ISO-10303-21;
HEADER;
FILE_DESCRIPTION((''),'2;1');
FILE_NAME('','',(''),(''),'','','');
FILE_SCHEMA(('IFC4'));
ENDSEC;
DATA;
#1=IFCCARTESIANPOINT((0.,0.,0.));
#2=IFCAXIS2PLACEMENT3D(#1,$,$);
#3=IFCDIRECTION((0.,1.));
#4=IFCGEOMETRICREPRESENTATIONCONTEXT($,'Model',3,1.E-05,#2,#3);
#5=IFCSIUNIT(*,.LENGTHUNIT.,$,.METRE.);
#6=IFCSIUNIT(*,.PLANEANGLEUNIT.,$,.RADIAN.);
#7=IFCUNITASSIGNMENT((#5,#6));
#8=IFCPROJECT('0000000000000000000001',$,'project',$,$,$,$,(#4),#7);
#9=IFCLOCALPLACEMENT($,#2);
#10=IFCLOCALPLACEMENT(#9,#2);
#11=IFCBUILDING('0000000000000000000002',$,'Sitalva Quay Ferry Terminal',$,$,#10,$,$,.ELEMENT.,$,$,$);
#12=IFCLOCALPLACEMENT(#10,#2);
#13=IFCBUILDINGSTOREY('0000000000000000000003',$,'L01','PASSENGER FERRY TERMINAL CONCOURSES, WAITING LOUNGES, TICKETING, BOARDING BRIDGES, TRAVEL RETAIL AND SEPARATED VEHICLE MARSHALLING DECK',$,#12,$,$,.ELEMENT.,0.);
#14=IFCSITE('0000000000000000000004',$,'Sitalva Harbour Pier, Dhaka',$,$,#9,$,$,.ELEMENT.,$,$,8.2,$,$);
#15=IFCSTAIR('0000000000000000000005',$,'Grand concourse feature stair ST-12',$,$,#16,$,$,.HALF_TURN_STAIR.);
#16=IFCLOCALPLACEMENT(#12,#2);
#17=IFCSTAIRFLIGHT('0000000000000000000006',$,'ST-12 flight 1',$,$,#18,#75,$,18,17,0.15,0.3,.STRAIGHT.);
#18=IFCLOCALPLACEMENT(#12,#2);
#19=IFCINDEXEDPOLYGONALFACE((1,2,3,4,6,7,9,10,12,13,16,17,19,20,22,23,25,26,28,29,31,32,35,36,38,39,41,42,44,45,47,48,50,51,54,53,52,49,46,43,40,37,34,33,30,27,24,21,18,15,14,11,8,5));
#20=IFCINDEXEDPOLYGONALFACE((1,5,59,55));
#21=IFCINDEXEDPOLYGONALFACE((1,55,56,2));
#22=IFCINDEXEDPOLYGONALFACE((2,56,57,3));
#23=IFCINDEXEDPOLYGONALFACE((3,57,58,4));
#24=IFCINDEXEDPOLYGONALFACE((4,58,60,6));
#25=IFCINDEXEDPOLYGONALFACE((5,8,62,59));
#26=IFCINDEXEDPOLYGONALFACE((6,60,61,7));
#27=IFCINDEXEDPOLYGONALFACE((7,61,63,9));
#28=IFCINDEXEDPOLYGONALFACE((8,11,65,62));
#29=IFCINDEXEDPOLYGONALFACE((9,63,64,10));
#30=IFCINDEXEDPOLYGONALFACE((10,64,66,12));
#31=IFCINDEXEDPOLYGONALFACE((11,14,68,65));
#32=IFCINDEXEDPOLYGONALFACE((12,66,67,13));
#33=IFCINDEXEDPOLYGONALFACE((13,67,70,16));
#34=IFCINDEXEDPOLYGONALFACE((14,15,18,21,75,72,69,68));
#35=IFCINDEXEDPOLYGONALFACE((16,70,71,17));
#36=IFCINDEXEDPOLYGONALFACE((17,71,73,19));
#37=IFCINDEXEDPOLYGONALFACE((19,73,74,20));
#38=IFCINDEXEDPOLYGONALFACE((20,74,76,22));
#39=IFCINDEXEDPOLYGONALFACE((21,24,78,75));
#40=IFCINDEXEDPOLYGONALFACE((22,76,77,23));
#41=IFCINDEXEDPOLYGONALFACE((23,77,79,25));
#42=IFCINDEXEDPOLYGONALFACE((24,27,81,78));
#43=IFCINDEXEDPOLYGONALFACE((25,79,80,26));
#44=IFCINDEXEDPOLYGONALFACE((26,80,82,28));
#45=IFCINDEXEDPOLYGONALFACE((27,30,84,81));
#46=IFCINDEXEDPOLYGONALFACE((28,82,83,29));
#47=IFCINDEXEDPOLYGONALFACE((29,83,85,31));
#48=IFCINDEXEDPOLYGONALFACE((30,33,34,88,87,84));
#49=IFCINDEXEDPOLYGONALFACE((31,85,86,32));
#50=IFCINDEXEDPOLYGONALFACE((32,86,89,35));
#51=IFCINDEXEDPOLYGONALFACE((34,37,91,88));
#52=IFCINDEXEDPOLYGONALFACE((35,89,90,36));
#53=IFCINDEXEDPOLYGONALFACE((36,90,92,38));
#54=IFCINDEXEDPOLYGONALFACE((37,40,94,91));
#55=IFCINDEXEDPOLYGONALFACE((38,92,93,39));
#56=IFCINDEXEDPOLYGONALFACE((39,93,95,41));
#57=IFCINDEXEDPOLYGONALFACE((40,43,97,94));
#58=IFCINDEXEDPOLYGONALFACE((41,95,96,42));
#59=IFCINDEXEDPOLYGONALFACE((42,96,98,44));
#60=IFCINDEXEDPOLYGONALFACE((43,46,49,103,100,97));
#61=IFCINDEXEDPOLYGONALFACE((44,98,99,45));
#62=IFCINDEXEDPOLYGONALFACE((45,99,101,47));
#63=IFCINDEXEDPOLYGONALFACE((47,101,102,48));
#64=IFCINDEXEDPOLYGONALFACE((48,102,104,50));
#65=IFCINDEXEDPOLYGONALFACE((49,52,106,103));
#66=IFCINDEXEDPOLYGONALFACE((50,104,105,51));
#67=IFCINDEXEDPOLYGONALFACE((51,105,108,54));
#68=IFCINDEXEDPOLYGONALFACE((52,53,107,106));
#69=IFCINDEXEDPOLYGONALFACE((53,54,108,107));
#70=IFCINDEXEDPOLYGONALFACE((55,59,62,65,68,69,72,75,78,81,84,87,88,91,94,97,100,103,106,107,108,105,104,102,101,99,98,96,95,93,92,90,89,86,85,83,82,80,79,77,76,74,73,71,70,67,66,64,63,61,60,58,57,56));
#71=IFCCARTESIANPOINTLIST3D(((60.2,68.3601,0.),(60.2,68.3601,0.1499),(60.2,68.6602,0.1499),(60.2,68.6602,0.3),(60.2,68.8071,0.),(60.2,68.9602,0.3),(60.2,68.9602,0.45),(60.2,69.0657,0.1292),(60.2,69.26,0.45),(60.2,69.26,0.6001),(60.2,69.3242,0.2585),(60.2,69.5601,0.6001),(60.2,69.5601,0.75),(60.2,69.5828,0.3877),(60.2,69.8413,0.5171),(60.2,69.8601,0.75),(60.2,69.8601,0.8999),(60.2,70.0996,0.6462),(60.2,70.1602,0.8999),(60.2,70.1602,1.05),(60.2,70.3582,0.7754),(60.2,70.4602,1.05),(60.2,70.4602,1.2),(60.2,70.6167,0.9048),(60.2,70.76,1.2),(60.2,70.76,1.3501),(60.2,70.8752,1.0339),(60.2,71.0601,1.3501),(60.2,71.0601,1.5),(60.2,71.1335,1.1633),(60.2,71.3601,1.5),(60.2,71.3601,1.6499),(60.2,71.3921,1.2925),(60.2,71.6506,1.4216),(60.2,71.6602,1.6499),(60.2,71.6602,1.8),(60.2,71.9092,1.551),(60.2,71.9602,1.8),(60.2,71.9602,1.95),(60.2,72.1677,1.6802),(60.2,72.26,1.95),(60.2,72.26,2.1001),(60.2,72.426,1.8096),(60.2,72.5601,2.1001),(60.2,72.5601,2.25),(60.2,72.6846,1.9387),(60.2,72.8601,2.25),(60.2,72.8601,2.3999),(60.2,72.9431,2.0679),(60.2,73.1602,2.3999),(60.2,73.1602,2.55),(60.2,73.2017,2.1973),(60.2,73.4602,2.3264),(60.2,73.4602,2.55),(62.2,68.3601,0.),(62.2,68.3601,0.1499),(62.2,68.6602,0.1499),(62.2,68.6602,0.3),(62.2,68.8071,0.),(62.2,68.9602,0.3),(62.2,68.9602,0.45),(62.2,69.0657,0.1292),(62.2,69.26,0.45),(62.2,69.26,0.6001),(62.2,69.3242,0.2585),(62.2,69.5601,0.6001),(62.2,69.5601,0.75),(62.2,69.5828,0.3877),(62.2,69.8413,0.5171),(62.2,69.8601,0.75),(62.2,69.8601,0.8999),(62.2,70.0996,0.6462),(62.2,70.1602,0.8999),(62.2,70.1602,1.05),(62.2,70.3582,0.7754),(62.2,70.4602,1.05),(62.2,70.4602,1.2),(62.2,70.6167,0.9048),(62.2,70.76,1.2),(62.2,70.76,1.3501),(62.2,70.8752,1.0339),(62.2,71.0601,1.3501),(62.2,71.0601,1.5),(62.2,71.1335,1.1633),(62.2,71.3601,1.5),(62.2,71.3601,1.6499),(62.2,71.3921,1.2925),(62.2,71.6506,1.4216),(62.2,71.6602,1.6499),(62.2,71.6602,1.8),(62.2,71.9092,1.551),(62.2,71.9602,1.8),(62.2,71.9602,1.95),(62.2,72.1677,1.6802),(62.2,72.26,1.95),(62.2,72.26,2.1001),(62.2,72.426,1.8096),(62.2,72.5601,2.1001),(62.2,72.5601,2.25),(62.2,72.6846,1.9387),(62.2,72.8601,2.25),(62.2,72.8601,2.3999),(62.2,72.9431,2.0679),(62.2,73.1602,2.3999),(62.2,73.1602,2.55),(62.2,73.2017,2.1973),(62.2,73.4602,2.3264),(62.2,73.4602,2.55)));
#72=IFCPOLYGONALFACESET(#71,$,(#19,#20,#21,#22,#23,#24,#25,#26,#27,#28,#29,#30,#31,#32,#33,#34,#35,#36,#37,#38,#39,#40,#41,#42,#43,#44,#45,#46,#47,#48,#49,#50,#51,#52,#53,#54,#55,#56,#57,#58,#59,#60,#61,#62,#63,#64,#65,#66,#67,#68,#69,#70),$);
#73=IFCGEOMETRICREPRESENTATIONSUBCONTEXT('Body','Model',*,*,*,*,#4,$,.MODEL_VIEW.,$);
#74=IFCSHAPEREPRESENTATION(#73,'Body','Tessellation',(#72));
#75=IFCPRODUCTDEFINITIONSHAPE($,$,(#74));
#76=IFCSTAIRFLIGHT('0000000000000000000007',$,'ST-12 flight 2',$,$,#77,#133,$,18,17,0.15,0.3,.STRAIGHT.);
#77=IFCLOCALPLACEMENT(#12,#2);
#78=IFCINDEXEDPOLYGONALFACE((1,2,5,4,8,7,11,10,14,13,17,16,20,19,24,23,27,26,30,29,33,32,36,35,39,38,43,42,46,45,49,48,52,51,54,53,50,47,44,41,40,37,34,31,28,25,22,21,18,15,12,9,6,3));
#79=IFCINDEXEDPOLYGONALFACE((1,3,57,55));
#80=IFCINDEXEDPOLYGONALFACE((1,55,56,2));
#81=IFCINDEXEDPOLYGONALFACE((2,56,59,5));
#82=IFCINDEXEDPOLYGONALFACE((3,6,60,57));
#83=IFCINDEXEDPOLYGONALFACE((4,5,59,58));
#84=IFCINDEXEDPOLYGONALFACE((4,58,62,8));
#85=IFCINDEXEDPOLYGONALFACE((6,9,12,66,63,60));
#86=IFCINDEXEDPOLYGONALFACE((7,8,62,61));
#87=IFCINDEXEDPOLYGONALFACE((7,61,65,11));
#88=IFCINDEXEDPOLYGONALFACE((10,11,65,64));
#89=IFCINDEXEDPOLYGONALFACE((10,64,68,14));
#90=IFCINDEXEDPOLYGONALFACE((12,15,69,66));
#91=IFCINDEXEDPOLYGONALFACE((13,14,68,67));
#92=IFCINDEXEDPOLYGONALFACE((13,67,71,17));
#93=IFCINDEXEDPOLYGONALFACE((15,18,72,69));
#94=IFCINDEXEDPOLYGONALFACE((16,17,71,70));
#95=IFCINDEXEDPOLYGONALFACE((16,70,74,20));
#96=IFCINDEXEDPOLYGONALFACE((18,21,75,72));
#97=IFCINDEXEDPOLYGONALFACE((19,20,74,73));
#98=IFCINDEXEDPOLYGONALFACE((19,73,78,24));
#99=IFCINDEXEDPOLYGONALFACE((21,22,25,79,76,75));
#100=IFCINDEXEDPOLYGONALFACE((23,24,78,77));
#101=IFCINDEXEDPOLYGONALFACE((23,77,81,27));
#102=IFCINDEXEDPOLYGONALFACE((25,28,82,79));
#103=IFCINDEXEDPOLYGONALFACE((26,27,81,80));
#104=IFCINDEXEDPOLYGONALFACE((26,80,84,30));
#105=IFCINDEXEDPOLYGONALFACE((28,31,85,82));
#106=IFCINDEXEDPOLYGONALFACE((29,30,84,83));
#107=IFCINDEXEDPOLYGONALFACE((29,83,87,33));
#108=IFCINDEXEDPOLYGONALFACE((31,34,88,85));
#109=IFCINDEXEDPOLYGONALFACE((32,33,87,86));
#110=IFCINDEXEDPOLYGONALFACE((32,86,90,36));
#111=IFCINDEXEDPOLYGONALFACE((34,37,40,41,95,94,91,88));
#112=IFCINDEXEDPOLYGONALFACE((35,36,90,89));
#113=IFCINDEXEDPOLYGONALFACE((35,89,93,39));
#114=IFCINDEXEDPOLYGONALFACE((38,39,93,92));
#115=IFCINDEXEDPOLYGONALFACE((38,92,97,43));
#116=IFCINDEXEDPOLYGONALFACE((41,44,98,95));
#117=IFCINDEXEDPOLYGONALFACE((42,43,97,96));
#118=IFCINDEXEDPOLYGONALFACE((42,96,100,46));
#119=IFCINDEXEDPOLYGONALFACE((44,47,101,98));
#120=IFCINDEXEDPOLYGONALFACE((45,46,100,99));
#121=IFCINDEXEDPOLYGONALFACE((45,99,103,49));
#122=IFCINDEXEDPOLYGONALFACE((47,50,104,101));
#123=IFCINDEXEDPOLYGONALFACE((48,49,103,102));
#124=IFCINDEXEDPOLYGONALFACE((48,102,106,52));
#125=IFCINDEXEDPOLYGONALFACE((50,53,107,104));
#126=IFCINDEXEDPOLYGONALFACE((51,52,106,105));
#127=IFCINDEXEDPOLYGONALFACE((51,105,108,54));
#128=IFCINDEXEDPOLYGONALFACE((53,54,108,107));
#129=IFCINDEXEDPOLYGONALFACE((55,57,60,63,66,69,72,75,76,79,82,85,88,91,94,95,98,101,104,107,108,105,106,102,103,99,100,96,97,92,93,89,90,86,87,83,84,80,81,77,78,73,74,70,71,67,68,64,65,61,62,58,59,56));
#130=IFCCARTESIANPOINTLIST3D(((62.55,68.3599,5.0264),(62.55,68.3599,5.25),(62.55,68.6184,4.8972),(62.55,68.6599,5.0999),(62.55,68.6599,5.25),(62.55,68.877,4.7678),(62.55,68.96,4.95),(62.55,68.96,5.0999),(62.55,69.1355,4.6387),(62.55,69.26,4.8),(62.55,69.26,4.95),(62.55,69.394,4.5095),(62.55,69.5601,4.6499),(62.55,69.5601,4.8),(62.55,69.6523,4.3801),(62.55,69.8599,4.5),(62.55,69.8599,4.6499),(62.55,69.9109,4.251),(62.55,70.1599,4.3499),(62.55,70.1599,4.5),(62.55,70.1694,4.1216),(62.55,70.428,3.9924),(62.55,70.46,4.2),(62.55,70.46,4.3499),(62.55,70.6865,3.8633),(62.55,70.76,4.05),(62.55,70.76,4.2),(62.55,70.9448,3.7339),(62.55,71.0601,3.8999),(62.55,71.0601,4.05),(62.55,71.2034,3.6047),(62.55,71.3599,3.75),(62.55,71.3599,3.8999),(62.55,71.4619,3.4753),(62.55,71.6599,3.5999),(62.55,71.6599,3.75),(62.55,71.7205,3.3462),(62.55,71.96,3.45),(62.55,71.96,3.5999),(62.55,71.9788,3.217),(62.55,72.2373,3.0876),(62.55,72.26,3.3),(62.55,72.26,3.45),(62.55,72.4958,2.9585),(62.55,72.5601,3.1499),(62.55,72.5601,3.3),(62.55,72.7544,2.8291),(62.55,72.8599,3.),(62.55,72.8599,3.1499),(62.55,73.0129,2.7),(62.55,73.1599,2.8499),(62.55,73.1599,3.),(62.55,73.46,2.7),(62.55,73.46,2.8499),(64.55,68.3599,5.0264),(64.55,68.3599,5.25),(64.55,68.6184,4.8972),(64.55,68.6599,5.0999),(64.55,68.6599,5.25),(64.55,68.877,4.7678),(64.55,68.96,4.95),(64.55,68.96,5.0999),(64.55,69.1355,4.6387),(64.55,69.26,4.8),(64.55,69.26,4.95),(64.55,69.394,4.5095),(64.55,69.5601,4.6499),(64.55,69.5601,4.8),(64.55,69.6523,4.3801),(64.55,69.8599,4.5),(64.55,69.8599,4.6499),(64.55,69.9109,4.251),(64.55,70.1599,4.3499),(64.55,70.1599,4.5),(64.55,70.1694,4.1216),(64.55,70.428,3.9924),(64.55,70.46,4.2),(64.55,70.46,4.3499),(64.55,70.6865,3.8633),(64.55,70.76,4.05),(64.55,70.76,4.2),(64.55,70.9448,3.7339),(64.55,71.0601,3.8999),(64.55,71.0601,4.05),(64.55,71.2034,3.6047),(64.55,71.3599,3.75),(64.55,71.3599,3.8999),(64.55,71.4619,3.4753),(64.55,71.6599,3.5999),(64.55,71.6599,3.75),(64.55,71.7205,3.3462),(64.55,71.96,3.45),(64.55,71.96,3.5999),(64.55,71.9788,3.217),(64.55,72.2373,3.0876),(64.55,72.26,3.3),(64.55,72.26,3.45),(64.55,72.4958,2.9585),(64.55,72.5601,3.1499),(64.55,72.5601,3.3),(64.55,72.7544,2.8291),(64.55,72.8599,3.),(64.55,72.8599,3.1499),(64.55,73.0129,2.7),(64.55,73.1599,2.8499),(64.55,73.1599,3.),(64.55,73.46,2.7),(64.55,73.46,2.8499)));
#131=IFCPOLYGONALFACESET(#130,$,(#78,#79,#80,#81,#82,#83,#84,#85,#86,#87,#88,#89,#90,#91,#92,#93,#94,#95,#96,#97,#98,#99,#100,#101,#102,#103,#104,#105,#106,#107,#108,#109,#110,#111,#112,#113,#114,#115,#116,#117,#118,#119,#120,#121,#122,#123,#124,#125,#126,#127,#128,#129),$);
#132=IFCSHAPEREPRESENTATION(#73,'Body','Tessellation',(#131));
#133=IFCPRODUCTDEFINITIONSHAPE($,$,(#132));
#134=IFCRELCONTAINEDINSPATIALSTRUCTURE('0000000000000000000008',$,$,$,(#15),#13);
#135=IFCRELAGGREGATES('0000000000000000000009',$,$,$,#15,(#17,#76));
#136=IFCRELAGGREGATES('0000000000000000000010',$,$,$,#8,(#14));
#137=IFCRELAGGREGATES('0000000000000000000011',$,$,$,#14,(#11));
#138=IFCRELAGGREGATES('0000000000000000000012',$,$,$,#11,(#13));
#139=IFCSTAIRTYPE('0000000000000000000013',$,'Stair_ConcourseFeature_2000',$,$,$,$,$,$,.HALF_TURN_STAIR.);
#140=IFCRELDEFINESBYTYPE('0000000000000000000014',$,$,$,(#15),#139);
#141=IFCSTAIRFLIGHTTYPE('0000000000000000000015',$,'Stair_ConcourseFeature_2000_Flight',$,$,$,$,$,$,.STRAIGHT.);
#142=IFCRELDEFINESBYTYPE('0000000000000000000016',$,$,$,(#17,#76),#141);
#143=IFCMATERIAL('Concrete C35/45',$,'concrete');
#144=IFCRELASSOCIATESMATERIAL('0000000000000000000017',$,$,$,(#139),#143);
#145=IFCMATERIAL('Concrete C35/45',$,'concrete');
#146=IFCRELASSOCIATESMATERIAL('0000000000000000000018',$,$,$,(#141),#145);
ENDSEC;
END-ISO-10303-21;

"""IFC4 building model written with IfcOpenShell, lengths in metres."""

from ifc_helpers import new_model, si_unit, direction, frame, origin, place, context, subcontext, project, spatial, polyline, outline, extrude, material, type_object, element, aggregate, save


model = new_model("IFC4")

# Units and contexts
model_context = context("Model", 3, precision=1e-05, world=origin(), true_north=direction((0.0, 1.0)))
body_context = subcontext(model_context, "Body", "Model", "MODEL_VIEW")
ifc_project = project(units=[si_unit("LENGTHUNIT", "METRE"), si_unit("PLANEANGLEUNIT", "RADIAN")], contexts=[model_context])

# Site, building, storey
site_placement = place(None, origin())
site = spatial("IfcSite", under=ifc_project, at=site_placement, Name="Sitalva Harbour Pier, Dhaka", CompositionType="ELEMENT", RefElevation=8.2)
building_placement = place(site_placement, origin())
building = spatial("IfcBuilding", under=site, at=building_placement, Name="Sitalva Quay Ferry Terminal", CompositionType="ELEMENT")
storey_placement = place(building_placement, origin())
storey = spatial("IfcBuildingStorey", under=building, at=storey_placement, Name="L01", Description="PASSENGER FERRY TERMINAL CONCOURSES, WAITING LOUNGES, TICKETING, BOARDING BRIDGES, TRAVEL RETAIL AND SEPARATED VEHICLE MARSHALLING DECK", CompositionType="ELEMENT", Elevation=0.0)

# Stair, stair flights
ifc_material_1 = material(Name="Concrete C35/45", Category="concrete")
stair_type = type_object("IfcStairType", Name="Stair_ConcourseFeature_2000", PredefinedType="HALF_TURN_STAIR", material=ifc_material_1)
stair_placement = place(storey_placement, origin())
stair = element("IfcStair", 1, at=stair_placement, inside=storey, type_object=stair_type, Name="Grand concourse feature stair ST-12", PredefinedType="HALF_TURN_STAIR")
ifc_material_2 = material(Name="Concrete C35/45", Category="concrete")
stair_flight_type = type_object("IfcStairFlightType", Name="Stair_ConcourseFeature_2000_Flight", PredefinedType="STRAIGHT", material=ifc_material_2)
stair_flight_1_placement = place(storey_placement, frame((61.2, 68.3601, 0.0), z_axis=(0.0, 0.0, 1.0), x_axis=(0.0, 1.0, 0.0)))
stair_flight_1 = element("IfcStairFlight", 2, at=stair_flight_1_placement, type_object=stair_flight_type, Name="ST-12 flight 1", NumberOfRisers=18, NumberOfTreads=17, PredefinedType="STRAIGHT", RiserHeight=0.15, TreadLength=0.3, context=body_context, shape_type="SweptSolid", body=[
    extrude(outline(polyline([(0.0, 0.0), (0.0, 0.1499), (0.3, 0.1499), (0.3, 0.3), (0.6001, 0.3), (0.6001, 0.45), (0.8999, 0.45), (0.8999, 0.6001), (1.2, 0.6001), (1.2, 0.75), (1.5, 0.75), (1.5, 0.8999), (1.8, 0.8999), (1.8, 1.05), (2.1001, 1.05), (2.1001, 1.2), (2.3999, 1.2), (2.3999, 1.3501), (2.7, 1.3501), (2.7, 1.5), (3.0, 1.5), (3.0, 1.6499), (3.3, 1.6499), (3.3, 1.8), (3.6001, 1.8), (3.6001, 1.95), (3.8999, 1.95), (3.8999, 2.1001), (4.2, 2.1001), (4.2, 2.25), (4.5, 2.25), (4.5, 2.3999), (4.8, 2.3999), (4.8, 2.55), (5.1001, 2.55), (5.1001, 2.7), (5.1001, 2.3264), (4.8416, 2.1973), (4.583, 2.0679), (4.3245, 1.9387), (4.0659, 1.8096), (3.8076, 1.6802), (3.5491, 1.551), (3.2905, 1.4216), (3.032, 1.2925), (2.7734, 1.1633), (2.5151, 1.0339), (2.2566, 0.9048), (1.998, 0.7754), (1.7395, 0.6462), (1.4812, 0.5171), (1.2227, 0.3877), (0.9641, 0.2585), (0.7056, 0.1292), (0.447, 0.0), (0.0, 0.0)])), frame((0.0, 1.0, 0.0), z_axis=(0.0, -1.0, 0.0), x_axis=(1.0, 0.0, 0.0)), (0.0, 0.0, 1.0), 2.0),
])
stair_flight_2_placement = place(storey_placement, frame((63.55, 73.46, 2.7), z_axis=(0.0, 0.0, 1.0), x_axis=(0.0, -1.0, 0.0)))
stair_flight_2 = element("IfcStairFlight", 3, at=stair_flight_2_placement, type_object=stair_flight_type, Name="ST-12 flight 2", NumberOfRisers=18, NumberOfTreads=17, PredefinedType="STRAIGHT", RiserHeight=0.15, TreadLength=0.3, context=body_context, shape_type="SweptSolid", body=[
    extrude(outline(polyline([(0.0, 0.0), (0.0, 0.1499), (0.3, 0.1499), (0.3, 0.3), (0.6001, 0.3), (0.6001, 0.45), (0.8999, 0.45), (0.8999, 0.6001), (1.2, 0.6001), (1.2, 0.75), (1.5, 0.75), (1.5, 0.8999), (1.8, 0.8999), (1.8, 1.05), (2.1001, 1.05), (2.1001, 1.2), (2.3999, 1.2), (2.3999, 1.3501), (2.7, 1.3501), (2.7, 1.5), (3.0, 1.5), (3.0, 1.6499), (3.3, 1.6499), (3.3, 1.8), (3.6001, 1.8), (3.6001, 1.95), (3.8999, 1.95), (3.8999, 2.1001), (4.2, 2.1001), (4.2, 2.25), (4.5, 2.25), (4.5, 2.3999), (4.8, 2.3999), (4.8, 2.55), (5.1001, 2.55), (5.1001, 2.7), (5.1001, 2.3264), (4.8416, 2.1973), (4.583, 2.0679), (4.3245, 1.9387), (4.0659, 1.8096), (3.8076, 1.6802), (3.5491, 1.551), (3.2905, 1.4216), (3.032, 1.2925), (2.7734, 1.1633), (2.5151, 1.0339), (2.2566, 0.9048), (1.998, 0.7754), (1.7395, 0.6462), (1.4812, 0.5171), (1.2227, 0.3877), (0.9641, 0.2585), (0.7056, 0.1292), (0.447, 0.0), (0.0, 0.0)])), frame((0.0, 1.0, 0.0), z_axis=(0.0, -1.0, 0.0), x_axis=(1.0, 0.0, 0.0)), (0.0, 0.0, 1.0), 2.0),
])
aggregate(stair, [stair_flight_1, stair_flight_2])

save(model, "model.ifc")
